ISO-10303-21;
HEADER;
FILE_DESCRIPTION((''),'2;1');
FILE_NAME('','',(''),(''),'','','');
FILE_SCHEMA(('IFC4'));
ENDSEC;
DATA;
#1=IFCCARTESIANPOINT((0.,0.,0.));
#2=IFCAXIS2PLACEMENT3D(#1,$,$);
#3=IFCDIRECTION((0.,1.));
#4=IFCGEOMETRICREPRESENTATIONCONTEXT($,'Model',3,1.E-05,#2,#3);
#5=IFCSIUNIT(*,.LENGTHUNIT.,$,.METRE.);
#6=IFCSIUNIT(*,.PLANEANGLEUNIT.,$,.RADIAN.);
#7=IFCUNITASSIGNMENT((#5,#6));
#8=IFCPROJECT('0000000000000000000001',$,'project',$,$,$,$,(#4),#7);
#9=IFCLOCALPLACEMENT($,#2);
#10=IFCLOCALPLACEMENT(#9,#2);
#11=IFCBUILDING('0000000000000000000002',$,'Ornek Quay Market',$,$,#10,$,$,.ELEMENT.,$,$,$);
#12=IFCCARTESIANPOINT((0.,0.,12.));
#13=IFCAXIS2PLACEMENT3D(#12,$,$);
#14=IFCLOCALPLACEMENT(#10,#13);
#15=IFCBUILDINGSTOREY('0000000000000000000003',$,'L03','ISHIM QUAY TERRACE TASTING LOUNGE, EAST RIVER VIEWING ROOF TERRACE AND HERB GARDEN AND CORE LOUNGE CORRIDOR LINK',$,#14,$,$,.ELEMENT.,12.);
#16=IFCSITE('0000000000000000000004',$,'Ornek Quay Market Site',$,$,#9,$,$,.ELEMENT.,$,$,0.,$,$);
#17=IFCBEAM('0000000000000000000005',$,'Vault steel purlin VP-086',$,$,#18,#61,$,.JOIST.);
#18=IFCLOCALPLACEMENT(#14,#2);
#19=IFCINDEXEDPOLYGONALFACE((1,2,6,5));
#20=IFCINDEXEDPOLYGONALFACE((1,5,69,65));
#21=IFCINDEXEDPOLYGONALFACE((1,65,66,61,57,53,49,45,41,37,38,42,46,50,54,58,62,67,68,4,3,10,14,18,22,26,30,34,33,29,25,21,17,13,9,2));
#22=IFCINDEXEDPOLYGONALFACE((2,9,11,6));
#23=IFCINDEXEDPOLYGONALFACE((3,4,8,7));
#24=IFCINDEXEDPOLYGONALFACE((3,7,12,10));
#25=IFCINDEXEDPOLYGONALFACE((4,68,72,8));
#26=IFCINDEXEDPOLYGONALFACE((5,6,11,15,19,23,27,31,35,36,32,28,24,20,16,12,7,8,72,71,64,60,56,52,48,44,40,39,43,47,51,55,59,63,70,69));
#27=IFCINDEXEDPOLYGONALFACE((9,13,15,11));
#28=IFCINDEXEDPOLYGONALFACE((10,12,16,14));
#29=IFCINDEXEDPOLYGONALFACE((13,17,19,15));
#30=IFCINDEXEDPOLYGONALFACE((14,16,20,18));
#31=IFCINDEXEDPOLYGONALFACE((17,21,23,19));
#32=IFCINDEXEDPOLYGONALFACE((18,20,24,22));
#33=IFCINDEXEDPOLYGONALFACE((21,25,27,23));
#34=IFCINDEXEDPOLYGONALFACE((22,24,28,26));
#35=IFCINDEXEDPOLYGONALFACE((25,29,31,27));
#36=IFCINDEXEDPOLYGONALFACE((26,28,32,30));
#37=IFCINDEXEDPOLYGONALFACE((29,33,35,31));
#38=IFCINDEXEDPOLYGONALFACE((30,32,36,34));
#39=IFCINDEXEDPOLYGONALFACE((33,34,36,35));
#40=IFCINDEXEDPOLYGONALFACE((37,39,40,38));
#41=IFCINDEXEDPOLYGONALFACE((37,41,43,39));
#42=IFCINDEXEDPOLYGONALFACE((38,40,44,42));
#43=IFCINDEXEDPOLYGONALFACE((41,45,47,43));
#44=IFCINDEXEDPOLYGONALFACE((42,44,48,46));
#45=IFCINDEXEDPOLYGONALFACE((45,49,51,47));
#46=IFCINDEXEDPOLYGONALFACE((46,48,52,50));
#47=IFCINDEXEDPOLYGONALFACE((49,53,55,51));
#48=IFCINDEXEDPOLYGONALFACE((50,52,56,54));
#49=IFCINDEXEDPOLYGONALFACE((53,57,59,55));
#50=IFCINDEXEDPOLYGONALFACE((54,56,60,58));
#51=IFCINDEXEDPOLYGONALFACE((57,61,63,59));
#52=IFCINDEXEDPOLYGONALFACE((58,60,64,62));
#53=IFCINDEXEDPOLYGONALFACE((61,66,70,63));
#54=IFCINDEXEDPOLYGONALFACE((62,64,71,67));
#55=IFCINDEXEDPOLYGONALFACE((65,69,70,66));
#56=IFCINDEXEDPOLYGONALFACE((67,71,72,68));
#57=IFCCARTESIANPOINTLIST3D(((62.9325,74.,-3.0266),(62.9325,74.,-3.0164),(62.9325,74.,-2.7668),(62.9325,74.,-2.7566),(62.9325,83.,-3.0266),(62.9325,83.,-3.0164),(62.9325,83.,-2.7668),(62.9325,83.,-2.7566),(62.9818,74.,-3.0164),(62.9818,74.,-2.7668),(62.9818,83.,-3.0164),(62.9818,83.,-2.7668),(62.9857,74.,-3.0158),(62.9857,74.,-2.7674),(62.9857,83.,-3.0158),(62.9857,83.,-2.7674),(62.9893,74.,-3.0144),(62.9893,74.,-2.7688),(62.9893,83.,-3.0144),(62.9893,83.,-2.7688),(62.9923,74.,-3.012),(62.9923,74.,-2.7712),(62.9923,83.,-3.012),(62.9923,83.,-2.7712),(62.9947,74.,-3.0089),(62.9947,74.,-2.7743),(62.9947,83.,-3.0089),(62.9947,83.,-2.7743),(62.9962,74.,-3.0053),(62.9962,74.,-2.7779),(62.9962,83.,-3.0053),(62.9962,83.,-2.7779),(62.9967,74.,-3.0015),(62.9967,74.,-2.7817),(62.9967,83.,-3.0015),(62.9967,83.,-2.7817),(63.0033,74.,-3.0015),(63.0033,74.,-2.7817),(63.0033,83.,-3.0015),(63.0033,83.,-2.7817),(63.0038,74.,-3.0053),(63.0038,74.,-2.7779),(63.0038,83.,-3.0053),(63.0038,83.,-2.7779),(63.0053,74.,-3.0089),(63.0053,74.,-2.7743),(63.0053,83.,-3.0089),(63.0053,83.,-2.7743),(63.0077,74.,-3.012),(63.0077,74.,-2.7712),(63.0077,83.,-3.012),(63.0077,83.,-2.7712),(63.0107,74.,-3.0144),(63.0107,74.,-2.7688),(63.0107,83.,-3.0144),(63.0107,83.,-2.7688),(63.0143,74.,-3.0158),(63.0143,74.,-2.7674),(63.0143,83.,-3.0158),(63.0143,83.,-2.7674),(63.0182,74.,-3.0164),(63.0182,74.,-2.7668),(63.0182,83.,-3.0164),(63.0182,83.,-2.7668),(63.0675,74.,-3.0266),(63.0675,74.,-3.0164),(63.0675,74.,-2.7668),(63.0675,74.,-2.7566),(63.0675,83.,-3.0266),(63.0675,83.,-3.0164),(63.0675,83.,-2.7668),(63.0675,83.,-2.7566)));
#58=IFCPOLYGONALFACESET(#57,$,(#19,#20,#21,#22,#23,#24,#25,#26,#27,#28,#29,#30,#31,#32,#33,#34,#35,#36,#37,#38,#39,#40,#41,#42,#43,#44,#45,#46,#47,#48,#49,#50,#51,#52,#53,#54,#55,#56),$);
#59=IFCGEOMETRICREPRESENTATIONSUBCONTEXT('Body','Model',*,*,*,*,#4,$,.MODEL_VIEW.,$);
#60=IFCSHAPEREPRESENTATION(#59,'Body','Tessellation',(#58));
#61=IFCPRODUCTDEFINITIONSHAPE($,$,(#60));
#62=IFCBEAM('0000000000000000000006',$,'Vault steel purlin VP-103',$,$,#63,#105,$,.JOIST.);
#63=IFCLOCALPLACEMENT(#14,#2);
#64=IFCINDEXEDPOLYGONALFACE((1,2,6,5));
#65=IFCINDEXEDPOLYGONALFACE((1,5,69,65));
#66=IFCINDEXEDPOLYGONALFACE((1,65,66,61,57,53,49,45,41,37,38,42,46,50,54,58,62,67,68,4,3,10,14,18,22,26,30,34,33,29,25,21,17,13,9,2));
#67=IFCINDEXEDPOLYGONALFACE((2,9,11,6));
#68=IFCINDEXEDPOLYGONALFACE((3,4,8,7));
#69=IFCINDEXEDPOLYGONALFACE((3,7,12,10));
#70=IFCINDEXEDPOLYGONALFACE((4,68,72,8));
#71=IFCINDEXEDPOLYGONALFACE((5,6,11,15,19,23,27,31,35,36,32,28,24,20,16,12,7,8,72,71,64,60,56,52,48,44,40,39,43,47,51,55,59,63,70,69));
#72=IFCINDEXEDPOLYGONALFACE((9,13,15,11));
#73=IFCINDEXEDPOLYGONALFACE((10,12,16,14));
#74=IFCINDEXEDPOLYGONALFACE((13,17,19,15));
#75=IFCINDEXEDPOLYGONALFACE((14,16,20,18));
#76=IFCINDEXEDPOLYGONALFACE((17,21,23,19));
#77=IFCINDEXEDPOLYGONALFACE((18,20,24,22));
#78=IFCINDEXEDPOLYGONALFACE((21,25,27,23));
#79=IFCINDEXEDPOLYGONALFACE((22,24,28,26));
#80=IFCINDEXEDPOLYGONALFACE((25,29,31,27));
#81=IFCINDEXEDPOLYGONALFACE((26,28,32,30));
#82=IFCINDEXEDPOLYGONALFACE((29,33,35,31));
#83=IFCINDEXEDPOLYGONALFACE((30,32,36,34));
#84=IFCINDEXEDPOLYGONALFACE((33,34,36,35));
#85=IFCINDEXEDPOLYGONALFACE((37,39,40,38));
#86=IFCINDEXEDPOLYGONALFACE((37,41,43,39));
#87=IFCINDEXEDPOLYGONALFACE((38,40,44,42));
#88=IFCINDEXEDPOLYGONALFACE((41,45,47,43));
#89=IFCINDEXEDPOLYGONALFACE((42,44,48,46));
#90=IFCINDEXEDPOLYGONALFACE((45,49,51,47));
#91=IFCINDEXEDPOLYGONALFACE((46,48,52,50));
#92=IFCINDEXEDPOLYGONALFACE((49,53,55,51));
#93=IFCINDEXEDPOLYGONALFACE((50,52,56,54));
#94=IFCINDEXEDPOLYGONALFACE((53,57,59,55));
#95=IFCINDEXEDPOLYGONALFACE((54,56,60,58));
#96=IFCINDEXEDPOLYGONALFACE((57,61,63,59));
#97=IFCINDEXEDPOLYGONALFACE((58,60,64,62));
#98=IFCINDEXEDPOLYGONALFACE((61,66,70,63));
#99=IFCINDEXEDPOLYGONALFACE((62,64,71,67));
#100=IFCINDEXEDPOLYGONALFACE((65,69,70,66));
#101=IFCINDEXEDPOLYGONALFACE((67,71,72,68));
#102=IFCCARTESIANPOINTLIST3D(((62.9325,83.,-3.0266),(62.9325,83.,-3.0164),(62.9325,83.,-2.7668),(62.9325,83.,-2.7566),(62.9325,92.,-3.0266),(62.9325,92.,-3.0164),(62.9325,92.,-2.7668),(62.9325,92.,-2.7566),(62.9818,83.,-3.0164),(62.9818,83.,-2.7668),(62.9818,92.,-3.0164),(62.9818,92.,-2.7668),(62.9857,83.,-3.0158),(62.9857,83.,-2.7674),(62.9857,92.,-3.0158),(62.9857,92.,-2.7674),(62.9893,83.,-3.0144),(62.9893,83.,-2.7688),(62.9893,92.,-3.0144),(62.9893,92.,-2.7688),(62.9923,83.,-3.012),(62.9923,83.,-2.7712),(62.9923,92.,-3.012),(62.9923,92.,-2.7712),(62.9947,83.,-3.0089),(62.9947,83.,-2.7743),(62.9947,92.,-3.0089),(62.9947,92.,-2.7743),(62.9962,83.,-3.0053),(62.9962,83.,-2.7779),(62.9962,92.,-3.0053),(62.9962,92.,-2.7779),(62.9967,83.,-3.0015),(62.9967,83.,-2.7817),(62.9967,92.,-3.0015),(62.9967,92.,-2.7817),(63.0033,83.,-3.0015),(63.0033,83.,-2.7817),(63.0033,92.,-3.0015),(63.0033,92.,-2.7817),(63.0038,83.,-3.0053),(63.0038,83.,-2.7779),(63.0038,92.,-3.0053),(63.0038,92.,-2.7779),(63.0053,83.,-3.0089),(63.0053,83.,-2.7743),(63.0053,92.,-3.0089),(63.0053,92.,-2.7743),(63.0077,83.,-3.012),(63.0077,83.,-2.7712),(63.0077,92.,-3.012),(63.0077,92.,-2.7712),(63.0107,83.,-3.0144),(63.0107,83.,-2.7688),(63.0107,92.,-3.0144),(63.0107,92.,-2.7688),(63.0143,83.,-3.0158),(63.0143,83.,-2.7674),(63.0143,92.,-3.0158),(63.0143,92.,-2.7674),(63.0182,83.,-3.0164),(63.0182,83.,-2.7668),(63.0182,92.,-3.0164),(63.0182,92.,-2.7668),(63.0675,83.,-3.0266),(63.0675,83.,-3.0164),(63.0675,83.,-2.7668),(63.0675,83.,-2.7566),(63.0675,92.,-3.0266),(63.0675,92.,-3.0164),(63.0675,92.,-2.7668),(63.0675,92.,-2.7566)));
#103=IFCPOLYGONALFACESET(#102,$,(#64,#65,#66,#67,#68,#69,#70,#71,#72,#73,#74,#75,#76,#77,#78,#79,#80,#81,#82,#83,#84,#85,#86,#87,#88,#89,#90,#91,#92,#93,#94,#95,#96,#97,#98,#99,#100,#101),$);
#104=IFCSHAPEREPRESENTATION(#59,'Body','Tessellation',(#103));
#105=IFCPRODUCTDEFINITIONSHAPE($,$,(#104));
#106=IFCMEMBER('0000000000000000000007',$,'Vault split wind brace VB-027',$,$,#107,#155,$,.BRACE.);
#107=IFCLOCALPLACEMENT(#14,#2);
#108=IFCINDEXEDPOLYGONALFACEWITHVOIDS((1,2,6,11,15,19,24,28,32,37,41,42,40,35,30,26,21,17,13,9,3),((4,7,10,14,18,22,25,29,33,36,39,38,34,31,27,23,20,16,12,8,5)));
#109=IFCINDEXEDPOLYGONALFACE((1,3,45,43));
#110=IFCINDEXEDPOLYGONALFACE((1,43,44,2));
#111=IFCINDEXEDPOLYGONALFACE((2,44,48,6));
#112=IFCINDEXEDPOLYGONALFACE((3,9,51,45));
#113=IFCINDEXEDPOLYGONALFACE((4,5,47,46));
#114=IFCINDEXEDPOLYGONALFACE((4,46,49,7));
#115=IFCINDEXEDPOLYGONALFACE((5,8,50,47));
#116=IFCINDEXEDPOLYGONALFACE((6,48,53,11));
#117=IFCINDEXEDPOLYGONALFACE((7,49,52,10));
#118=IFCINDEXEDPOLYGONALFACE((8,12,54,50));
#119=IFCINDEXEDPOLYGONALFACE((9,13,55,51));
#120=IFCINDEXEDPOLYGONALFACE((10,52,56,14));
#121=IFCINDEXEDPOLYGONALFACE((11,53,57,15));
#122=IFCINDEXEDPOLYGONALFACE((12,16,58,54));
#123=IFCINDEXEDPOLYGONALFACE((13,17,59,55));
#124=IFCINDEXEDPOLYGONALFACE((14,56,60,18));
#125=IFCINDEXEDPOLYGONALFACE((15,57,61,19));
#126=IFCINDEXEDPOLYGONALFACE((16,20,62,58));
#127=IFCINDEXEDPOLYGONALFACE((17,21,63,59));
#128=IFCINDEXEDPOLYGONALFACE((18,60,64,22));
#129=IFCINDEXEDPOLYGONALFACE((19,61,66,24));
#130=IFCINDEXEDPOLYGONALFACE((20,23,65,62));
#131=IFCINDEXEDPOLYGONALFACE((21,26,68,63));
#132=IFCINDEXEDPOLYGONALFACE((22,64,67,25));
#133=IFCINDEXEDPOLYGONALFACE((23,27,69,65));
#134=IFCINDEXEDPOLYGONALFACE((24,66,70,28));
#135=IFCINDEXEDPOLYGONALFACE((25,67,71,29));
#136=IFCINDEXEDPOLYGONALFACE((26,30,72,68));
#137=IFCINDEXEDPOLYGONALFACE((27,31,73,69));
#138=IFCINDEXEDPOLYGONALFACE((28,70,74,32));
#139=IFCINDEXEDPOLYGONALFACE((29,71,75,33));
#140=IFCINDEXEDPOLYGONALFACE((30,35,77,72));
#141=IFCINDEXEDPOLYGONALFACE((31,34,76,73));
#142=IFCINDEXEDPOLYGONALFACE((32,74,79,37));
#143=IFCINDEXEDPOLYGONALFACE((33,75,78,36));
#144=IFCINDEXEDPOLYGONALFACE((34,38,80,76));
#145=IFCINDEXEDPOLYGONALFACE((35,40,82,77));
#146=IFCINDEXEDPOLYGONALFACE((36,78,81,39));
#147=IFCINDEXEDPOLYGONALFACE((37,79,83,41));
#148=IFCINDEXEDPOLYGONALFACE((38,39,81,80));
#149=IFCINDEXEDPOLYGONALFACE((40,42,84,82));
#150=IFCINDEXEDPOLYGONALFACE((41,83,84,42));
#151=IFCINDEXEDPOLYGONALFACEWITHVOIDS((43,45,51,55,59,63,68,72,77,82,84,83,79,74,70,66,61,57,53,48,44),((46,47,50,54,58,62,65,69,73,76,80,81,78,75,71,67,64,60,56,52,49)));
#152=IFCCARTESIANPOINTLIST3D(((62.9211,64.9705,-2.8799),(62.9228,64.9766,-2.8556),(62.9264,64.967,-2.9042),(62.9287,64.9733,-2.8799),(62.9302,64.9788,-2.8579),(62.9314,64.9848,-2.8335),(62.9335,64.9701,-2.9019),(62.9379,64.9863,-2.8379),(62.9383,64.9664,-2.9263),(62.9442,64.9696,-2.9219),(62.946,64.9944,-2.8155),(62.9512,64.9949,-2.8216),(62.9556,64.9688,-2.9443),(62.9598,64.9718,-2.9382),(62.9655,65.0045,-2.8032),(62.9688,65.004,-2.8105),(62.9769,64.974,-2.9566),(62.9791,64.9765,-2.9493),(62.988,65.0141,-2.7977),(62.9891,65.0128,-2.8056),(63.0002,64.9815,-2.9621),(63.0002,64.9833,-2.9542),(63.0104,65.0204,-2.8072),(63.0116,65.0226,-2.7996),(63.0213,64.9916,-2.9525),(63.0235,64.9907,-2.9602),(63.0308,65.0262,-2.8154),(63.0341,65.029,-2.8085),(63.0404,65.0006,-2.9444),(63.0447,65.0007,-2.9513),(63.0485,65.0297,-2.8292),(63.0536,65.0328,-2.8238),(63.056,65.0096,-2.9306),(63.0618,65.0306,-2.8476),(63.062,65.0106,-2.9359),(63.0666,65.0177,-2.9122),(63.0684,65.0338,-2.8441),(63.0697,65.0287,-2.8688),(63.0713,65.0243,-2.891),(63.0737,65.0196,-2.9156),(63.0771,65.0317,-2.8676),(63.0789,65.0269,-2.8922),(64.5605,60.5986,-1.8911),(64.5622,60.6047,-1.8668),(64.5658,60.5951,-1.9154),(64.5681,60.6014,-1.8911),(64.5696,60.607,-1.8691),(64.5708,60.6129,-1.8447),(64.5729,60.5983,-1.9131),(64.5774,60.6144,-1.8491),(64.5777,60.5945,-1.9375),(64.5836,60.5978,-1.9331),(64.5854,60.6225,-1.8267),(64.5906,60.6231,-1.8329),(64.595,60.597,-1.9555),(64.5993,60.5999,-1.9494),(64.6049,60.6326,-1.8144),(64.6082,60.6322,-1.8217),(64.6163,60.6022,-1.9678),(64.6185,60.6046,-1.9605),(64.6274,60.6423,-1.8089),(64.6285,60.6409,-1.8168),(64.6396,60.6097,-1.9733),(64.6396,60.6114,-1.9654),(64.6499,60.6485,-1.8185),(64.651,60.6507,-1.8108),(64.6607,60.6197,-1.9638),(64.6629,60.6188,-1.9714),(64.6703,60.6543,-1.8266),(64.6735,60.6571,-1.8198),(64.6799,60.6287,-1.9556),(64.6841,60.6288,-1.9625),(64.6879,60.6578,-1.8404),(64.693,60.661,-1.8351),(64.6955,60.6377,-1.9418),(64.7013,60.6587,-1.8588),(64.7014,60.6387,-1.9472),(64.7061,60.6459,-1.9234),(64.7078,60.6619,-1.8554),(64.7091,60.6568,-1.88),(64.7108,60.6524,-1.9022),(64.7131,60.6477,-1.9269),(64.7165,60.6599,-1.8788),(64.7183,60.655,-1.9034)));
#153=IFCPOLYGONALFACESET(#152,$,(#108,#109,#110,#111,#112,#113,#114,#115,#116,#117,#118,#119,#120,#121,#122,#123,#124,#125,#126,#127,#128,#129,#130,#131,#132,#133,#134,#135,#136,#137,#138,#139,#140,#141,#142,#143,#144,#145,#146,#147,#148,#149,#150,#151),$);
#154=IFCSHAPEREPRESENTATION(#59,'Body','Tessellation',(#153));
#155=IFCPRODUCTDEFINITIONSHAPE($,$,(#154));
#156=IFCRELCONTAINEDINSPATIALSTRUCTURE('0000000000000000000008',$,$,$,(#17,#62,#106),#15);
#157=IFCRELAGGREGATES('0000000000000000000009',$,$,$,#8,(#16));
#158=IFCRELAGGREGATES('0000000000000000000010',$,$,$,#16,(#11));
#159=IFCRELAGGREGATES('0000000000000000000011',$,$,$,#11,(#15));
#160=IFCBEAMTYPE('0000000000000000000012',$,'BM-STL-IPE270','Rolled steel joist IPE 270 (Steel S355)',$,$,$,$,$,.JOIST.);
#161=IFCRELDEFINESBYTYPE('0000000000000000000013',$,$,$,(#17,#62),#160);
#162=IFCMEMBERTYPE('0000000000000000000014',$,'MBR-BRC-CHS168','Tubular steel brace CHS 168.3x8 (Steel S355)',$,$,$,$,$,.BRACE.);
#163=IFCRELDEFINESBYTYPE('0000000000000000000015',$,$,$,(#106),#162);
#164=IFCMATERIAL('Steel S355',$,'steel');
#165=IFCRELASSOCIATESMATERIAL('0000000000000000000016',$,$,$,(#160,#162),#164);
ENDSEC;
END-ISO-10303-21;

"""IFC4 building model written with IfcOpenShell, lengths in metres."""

from ifc_helpers import new_model, si_unit, direction, frame, origin, origin_2d, place, context, subcontext, project, spatial, hollow_circle, i_section, extrude, material, material_profile, profile_set, type_object, element, save


model = new_model("IFC4")

# Units and contexts
model_context = context("Model", 3, precision=1e-05, world=origin(), true_north=direction((0.0, 1.0)))
body_context = subcontext(model_context, "Body", "Model", "MODEL_VIEW")
ifc_project = project(units=[si_unit("LENGTHUNIT", "METRE"), si_unit("PLANEANGLEUNIT", "RADIAN")], contexts=[model_context])

# Site, building, storey
site_placement = place(None, origin())
site = spatial("IfcSite", under=ifc_project, at=site_placement, Name="Ornek Quay Market Site", CompositionType="ELEMENT", RefElevation=0.0)
building_placement = place(site_placement, origin())
building = spatial("IfcBuilding", under=site, at=building_placement, Name="Ornek Quay Market", CompositionType="ELEMENT")
storey_placement = place(building_placement, frame((0.0, 0.0, 12.0)))
storey = spatial("IfcBuildingStorey", under=building, at=storey_placement, Name="L03", Description="ISHIM QUAY TERRACE TASTING LOUNGE, EAST RIVER VIEWING ROOF TERRACE AND HERB GARDEN AND CORE LOUNGE CORRIDOR LINK", CompositionType="ELEMENT", Elevation=12.0)

# Beams
ifc_material_1 = material(Name="Steel S355", Category="steel")
ifc_material_profile_1 = material_profile(ifc_material_1, i_section(OverallWidth=0.135, OverallDepth=0.27, WebThickness=0.0066, FlangeThickness=0.0103, FilletRadius=0.0149, at=origin_2d()), Name="IPE 270", Category="steel")
ifc_profile_set_1 = profile_set([ifc_material_profile_1], Name="Steel S355")
beam_type_1 = type_object("IfcBeamType", Name="BM-STL-IPE270", Description="Rolled steel joist IPE 270 (Steel S355)", PredefinedType="JOIST", material=ifc_profile_set_1)
for number, where, z_axis, x_axis, name in (
    (1, (63.0, 74.0, -2.8916), (0.0, 1.0, 0.0), (-1.0, 0.0, 0.0), "Vault steel purlin VP-086"),
    (2, (63.0, 83.0, -2.8916), (0.0, 1.0, 0.0), (-1.0, 0.0, 0.0), "Vault steel purlin VP-103"),
):
    element("IfcBeam", number, at=place(storey_placement, frame(where, z_axis=z_axis, x_axis=x_axis)), inside=storey, type_object=beam_type_1, Name=name, PredefinedType="JOIST", context=body_context, shape_type="SweptSolid", body=[
        extrude(i_section(OverallWidth=0.135, OverallDepth=0.27, WebThickness=0.0066, FlangeThickness=0.0103, FilletRadius=0.0149, at=origin_2d()), origin(), (0.0, 0.0, 1.0), 9.0),
    ])

# Member
ifc_material_profile_2 = material_profile(ifc_material_1, hollow_circle(Radius=0.0842, WallThickness=0.0081, at=origin_2d()), Name="CHS 168.3x8", Category="steel")
ifc_profile_set_2 = profile_set([ifc_material_profile_2], Name="Steel S355")
member_type = type_object("IfcMemberType", Name="MBR-BRC-CHS168", Description="Tubular steel brace CHS 168.3x8 (Steel S355)", PredefinedType="BRACE", material=ifc_profile_set_2)
member_1_placement = place(storey_placement, frame((64.6394, 60.6282, -1.8911), z_axis=(-0.3435, 0.916017, -0.207174), x_axis=(-0.936331, -0.351118, 0.0)))
element("IfcMember", 3, at=member_1_placement, inside=storey, type_object=member_type, Name="Vault split wind brace VB-027", PredefinedType="BRACE", context=body_context, shape_type="SweptSolid", body=[
    extrude(hollow_circle(Radius=0.0842, WallThickness=0.0081, at=origin_2d()), origin(), (0.0, 0.0, 1.0), 4.7727),
])

save(model, "model.ifc")
